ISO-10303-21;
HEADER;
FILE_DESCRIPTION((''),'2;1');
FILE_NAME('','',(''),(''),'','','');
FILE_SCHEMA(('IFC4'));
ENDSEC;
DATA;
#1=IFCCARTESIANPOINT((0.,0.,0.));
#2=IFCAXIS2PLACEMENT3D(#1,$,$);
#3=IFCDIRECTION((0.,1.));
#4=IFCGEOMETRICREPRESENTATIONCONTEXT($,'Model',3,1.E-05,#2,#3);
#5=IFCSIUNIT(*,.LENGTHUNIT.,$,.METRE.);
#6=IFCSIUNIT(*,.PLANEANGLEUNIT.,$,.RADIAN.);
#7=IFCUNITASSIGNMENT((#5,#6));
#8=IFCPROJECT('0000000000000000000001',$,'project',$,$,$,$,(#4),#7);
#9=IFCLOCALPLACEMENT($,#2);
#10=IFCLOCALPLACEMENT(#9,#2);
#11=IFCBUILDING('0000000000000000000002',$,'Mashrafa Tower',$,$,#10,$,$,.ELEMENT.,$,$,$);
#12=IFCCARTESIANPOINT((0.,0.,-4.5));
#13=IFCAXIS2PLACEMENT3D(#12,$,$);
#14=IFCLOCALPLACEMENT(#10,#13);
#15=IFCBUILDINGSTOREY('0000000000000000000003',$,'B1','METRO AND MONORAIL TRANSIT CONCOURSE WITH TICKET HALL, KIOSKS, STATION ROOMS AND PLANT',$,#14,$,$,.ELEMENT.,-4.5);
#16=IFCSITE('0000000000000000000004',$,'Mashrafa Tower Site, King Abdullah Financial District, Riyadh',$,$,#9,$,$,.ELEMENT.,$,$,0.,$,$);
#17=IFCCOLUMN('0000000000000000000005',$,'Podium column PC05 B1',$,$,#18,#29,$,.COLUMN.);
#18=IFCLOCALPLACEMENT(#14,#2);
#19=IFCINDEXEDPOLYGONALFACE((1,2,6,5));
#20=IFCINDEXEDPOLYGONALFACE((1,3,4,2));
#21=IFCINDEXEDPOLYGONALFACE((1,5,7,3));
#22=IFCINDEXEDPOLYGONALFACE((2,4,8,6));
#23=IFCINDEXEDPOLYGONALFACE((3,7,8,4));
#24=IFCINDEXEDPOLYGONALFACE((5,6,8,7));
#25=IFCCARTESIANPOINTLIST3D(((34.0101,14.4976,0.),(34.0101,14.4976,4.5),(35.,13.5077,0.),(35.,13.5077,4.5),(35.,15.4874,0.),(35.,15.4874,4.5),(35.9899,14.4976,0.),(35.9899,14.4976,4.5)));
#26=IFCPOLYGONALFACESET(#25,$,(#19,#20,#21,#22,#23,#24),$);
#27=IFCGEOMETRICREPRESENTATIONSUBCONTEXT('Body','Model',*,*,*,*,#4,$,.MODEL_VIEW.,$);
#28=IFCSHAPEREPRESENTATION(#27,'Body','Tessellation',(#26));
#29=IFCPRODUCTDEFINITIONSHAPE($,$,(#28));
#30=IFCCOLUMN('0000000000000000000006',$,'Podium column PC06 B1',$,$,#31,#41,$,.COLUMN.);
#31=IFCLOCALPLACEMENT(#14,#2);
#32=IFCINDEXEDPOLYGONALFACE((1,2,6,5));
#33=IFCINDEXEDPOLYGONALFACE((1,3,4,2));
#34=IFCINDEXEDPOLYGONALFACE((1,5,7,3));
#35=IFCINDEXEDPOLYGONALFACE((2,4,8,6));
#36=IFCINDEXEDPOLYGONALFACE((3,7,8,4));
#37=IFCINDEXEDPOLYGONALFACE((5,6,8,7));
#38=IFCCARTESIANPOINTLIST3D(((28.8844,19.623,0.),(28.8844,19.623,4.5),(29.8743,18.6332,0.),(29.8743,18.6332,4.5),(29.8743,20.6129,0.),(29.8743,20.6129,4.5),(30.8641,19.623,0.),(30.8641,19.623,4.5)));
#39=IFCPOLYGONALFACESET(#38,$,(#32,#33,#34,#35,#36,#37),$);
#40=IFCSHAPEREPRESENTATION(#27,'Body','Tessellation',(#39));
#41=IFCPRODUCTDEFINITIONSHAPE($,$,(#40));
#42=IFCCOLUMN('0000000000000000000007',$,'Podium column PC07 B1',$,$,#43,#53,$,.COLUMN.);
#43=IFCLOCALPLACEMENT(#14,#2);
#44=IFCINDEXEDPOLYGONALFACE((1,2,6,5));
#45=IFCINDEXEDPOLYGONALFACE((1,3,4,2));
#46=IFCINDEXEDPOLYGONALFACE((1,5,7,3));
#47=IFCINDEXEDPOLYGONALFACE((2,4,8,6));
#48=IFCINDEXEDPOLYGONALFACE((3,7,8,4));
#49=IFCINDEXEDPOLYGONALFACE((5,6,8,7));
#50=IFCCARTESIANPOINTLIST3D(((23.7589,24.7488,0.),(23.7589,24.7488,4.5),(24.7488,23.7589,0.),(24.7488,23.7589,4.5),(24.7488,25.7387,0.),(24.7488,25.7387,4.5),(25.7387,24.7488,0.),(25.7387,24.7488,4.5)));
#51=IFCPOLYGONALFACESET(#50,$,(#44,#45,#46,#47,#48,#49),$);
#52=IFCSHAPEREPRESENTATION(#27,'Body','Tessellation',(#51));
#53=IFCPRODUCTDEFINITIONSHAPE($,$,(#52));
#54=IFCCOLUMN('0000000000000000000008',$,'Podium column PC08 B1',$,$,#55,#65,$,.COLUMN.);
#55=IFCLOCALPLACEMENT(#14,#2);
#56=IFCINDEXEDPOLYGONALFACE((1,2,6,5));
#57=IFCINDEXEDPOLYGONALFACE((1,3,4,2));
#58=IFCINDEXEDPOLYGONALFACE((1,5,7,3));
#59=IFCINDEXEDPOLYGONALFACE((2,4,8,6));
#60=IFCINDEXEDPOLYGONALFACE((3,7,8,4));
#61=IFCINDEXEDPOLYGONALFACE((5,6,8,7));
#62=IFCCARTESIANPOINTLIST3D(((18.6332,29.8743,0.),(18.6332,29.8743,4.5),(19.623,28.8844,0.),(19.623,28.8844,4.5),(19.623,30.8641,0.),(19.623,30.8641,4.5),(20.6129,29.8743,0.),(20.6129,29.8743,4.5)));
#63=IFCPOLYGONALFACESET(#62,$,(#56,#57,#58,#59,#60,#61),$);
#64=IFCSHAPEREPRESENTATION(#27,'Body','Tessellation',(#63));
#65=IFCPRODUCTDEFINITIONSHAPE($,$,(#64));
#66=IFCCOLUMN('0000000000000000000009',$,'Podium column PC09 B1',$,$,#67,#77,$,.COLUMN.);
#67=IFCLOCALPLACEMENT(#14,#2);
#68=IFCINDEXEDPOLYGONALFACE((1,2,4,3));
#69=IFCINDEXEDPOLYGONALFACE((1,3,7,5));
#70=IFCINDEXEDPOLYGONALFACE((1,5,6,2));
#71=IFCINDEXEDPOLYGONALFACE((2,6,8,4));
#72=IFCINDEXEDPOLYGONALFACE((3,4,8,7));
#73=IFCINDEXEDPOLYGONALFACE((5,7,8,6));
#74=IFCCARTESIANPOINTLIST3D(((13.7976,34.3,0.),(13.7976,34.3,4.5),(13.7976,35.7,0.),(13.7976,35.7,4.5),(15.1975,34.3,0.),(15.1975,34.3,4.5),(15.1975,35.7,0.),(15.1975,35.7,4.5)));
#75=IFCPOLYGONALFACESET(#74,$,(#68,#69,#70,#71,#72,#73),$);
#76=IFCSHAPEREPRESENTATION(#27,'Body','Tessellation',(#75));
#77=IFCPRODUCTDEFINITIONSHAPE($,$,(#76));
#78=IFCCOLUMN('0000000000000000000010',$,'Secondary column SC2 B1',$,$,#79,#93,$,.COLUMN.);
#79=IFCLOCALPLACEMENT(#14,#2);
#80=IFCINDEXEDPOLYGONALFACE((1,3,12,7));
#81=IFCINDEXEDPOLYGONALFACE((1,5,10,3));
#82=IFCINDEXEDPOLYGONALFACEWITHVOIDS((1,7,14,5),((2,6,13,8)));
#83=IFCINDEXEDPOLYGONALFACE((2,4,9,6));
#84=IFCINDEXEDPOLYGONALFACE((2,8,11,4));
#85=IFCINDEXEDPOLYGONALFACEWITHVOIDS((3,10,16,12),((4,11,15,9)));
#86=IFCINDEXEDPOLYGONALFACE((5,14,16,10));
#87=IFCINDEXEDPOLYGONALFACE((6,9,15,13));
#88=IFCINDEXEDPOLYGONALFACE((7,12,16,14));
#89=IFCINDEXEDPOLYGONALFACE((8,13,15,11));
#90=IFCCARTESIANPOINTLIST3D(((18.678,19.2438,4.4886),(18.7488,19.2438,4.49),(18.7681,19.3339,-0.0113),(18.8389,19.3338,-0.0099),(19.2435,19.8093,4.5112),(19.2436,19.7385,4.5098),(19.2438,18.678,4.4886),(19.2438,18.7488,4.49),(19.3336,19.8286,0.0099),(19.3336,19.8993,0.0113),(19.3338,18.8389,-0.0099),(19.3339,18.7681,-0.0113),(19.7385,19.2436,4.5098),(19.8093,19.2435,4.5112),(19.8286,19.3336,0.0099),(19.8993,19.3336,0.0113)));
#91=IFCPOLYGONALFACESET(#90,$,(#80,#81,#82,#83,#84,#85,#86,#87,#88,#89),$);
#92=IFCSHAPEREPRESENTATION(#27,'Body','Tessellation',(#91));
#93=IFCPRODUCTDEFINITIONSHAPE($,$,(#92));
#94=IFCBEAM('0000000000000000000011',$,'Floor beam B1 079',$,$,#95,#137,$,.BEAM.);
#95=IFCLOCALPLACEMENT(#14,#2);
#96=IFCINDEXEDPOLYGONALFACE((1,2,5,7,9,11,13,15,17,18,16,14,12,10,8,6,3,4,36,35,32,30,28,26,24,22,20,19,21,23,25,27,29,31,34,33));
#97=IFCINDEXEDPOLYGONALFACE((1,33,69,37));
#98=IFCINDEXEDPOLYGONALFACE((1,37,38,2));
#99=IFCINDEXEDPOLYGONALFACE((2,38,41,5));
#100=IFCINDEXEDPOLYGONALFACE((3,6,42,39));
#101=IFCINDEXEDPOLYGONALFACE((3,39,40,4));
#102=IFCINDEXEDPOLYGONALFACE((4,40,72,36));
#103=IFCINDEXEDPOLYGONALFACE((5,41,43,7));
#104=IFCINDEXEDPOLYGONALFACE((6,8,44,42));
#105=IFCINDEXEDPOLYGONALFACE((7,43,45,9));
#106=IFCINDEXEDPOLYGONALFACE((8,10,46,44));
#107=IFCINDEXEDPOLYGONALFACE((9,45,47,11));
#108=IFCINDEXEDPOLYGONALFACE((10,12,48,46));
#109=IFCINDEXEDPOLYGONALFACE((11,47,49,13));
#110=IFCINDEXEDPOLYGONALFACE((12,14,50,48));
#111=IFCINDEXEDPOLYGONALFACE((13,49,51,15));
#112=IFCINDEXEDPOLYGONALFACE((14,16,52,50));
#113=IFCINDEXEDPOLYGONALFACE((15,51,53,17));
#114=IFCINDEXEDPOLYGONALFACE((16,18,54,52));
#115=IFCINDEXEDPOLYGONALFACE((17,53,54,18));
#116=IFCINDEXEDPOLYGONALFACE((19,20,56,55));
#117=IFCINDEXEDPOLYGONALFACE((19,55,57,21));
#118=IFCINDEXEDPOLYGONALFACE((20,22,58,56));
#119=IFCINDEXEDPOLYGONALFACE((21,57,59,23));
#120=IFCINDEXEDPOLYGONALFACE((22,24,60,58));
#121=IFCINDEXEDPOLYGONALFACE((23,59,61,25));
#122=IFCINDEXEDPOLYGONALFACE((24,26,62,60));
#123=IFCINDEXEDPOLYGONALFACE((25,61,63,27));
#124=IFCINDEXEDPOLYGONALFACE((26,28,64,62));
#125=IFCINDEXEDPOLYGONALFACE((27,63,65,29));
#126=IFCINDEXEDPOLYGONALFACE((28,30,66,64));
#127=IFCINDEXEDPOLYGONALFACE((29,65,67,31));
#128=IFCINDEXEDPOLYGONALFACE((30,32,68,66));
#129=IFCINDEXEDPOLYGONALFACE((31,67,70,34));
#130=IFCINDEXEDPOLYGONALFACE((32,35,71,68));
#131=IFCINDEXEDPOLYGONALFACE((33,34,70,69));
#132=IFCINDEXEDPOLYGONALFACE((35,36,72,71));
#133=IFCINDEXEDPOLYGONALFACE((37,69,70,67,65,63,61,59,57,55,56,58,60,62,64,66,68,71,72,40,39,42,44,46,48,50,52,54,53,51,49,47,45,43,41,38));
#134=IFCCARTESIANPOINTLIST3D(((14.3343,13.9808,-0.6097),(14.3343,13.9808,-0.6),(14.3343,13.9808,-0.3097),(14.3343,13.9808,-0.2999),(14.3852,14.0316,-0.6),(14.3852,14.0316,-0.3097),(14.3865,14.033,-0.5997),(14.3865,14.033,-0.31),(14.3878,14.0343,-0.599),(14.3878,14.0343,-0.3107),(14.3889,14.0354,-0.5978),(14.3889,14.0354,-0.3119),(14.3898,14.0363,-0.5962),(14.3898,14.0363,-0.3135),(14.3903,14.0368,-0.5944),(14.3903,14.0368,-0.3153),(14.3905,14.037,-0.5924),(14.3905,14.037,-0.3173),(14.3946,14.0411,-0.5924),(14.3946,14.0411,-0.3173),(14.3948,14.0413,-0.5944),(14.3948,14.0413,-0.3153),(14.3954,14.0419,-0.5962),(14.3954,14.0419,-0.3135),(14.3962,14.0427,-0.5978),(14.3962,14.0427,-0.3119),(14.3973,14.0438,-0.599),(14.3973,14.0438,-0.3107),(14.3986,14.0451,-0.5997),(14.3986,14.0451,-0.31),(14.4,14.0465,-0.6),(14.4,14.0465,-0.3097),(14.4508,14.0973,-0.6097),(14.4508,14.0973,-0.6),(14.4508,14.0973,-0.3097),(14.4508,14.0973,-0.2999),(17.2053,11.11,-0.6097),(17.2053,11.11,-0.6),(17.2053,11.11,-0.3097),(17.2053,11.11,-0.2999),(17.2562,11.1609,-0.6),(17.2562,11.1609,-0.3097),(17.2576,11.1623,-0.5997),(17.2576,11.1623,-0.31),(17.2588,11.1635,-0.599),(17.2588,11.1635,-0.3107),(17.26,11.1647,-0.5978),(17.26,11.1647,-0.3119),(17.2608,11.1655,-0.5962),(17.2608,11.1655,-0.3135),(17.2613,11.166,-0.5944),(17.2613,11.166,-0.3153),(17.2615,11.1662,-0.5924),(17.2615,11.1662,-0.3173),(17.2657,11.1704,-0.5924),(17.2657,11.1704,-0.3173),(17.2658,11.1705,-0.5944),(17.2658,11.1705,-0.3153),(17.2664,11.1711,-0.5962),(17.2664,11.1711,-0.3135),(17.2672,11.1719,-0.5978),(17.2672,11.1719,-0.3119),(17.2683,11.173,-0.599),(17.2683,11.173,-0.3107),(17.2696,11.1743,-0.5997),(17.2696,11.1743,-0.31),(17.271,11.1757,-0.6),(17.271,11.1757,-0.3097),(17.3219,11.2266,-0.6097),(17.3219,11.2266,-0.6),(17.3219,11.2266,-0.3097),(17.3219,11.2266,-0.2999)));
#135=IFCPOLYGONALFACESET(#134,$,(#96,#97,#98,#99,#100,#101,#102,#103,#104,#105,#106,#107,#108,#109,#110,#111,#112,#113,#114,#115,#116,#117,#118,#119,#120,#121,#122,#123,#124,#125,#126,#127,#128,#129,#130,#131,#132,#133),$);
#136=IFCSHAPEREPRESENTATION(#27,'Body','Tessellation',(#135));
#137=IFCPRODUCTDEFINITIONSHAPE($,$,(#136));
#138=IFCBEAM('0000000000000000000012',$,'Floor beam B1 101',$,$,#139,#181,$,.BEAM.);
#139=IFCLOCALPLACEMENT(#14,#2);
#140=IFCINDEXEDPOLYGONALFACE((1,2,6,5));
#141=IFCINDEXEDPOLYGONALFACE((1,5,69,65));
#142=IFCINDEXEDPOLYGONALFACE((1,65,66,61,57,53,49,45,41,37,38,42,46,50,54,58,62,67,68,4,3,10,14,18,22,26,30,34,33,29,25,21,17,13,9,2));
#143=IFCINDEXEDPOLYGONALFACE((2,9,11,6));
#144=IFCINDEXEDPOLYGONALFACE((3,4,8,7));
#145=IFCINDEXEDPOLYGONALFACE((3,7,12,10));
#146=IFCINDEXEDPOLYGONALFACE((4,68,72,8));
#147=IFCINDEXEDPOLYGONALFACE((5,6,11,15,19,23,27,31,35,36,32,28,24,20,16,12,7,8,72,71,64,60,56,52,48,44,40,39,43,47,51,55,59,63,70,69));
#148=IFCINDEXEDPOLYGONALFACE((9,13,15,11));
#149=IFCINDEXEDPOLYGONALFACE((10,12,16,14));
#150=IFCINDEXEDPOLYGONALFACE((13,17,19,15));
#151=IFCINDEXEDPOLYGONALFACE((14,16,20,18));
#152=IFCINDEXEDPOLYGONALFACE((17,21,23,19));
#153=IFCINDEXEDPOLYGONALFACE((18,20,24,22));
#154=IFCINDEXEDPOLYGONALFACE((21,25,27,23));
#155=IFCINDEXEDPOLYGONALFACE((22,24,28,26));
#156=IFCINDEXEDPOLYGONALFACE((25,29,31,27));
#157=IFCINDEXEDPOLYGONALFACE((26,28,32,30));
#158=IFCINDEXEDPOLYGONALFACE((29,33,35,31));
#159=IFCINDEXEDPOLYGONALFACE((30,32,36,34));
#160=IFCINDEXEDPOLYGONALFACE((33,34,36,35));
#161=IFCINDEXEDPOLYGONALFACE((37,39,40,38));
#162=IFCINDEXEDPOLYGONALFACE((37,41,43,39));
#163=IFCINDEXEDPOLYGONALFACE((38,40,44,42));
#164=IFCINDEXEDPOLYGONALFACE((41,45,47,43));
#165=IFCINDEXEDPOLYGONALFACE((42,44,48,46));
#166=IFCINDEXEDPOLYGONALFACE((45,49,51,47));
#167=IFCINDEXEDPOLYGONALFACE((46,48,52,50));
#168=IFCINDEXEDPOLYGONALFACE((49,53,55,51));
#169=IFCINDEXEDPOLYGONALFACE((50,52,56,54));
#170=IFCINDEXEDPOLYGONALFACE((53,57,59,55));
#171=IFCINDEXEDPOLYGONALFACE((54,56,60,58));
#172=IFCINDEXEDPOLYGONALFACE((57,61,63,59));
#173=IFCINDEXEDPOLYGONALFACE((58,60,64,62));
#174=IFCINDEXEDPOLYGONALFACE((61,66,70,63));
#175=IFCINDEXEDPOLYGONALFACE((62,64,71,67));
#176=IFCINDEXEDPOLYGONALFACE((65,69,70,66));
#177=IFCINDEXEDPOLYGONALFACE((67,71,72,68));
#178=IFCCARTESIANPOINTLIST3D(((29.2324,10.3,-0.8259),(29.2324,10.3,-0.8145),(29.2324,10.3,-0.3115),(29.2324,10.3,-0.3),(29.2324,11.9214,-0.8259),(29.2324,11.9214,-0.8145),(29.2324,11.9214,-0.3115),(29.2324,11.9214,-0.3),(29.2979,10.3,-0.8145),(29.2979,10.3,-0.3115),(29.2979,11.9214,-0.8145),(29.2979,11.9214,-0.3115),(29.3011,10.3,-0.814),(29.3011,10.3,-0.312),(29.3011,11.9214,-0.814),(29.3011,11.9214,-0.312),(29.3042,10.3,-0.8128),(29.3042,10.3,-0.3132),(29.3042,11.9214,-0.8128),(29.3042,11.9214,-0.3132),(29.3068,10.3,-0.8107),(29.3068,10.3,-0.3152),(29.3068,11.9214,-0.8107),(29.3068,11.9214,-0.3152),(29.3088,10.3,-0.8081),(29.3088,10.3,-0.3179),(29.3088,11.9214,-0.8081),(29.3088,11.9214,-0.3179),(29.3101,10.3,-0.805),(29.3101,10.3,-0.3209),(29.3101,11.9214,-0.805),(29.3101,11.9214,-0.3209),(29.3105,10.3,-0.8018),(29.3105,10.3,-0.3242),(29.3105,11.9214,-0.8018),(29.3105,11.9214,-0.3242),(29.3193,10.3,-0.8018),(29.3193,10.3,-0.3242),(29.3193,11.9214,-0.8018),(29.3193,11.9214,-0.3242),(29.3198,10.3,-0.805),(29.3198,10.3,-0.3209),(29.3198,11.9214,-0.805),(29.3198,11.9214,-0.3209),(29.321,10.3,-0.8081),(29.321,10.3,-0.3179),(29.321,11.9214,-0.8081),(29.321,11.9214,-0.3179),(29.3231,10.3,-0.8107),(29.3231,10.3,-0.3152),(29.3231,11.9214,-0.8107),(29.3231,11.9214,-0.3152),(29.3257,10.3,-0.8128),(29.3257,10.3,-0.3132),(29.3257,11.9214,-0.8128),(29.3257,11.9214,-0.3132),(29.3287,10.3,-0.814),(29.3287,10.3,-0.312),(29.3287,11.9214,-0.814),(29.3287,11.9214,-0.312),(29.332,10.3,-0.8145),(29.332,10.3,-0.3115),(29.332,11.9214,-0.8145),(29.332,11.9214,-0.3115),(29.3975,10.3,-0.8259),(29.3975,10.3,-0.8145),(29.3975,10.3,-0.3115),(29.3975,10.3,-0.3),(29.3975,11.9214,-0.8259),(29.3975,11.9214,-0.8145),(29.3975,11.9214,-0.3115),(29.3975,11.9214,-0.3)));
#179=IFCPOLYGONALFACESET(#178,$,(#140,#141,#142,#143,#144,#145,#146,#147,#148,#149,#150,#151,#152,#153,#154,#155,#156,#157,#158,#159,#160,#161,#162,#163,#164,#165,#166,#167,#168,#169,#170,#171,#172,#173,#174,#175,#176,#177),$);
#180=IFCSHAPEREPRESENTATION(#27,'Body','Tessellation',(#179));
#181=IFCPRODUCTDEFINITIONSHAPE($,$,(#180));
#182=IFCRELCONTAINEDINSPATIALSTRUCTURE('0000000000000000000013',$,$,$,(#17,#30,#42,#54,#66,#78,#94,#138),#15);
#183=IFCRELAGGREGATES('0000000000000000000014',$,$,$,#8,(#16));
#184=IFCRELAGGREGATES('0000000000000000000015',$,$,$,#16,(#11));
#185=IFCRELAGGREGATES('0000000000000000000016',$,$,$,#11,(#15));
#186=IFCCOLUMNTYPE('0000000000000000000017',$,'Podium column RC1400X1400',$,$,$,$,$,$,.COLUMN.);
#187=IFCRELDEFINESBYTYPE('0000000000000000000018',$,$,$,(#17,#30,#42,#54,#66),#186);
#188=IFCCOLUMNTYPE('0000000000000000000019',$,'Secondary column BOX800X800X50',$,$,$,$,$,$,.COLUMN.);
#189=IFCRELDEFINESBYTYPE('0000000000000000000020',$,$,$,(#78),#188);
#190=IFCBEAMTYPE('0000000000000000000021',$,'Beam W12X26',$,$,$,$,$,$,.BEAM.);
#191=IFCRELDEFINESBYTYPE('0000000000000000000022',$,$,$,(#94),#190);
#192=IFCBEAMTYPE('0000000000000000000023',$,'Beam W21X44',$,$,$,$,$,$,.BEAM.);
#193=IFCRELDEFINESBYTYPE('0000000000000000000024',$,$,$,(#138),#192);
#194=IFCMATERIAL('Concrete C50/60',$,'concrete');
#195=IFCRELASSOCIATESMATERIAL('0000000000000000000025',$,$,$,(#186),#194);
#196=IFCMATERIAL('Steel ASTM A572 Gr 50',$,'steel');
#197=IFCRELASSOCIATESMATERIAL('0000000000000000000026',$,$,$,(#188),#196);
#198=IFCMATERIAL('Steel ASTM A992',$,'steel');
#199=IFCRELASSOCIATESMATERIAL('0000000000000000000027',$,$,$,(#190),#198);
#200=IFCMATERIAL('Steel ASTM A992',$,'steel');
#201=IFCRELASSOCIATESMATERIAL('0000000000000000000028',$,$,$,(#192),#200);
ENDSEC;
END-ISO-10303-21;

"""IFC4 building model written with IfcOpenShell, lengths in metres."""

from ifc_helpers import new_model, si_unit, direction, frame, origin, origin_2d, place, context, subcontext, project, spatial, rectangle, hollow_rectangle, i_section, extrude, material, material_profile, profile_set, type_object, element, save


model = new_model("IFC4")

# Units and contexts
model_context = context("Model", 3, precision=1e-05, world=origin(), true_north=direction((0.0, 1.0)))
body_context = subcontext(model_context, "Body", "Model", "MODEL_VIEW")
ifc_project = project(units=[si_unit("LENGTHUNIT", "METRE"), si_unit("PLANEANGLEUNIT", "RADIAN")], contexts=[model_context])

# Site, building, storey
site_placement = place(None, origin())
site = spatial("IfcSite", under=ifc_project, at=site_placement, Name="Mashrafa Tower Site, King Abdullah Financial District, Riyadh", CompositionType="ELEMENT", RefElevation=0.0)
building_placement = place(site_placement, origin())
building = spatial("IfcBuilding", under=site, at=building_placement, Name="Mashrafa Tower", CompositionType="ELEMENT")
storey_placement = place(building_placement, frame((0.0, 0.0, -4.5)))
storey = spatial("IfcBuildingStorey", under=building, at=storey_placement, Name="B1", Description="METRO AND MONORAIL TRANSIT CONCOURSE WITH TICKET HALL, KIOSKS, STATION ROOMS AND PLANT", CompositionType="ELEMENT", Elevation=-4.5)

# Columns
ifc_material_1 = material(Name="Concrete C50/60", Category="concrete")
ifc_material_profile_1 = material_profile(ifc_material_1, rectangle(XDim=1.3999, YDim=1.3999, at=origin_2d()), Name="RC1400X1400")
ifc_profile_set_1 = profile_set([ifc_material_profile_1], Name="Concrete C50/60")
column_type_1 = type_object("IfcColumnType", Name="Podium column RC1400X1400", PredefinedType="COLUMN", material=ifc_profile_set_1)
for number, where, z_axis, x_axis, name in (
    (1, (35.0, 14.4976, 0.0), (0.0, 0.0, 1.0), (0.707107, 0.707107, 0.0), "Podium column PC05 B1"),
    (2, (29.8743, 19.623, 0.0), (0.0, 0.0, 1.0), (0.707107, 0.707107, 0.0), "Podium column PC06 B1"),
    (3, (24.7488, 24.7488, 0.0), (0.0, 0.0, 1.0), (0.707107, 0.707107, 0.0), "Podium column PC07 B1"),
    (4, (19.623, 29.8743, 0.0), (0.0, 0.0, 1.0), (0.707107, 0.707107, 0.0), "Podium column PC08 B1"),
    (5, (14.4976, 35.0, 0.0), (0.0, 0.0, 1.0), (1.0, 0.0, 0.0), "Podium column PC09 B1"),
):
    element("IfcColumn", number, at=place(storey_placement, frame(where, z_axis=z_axis, x_axis=x_axis)), inside=storey, type_object=column_type_1, Name=name, PredefinedType="COLUMN", context=body_context, shape_type="SweptSolid", body=[
        extrude(rectangle(XDim=1.3999, YDim=1.3999, at=origin_2d()), origin(), (0.0, 0.0, 1.0), 4.5),
    ])
ifc_material_2 = material(Name="Steel ASTM A572 Gr 50", Category="steel")
ifc_material_profile_2 = material_profile(ifc_material_2, hollow_rectangle(XDim=0.8, YDim=0.8, WallThickness=0.05, at=origin_2d()), Name="BOX800X800X50")
ifc_profile_set_2 = profile_set([ifc_material_profile_2], Name="Steel ASTM A572 Gr 50")
column_type_2 = type_object("IfcColumnType", Name="Secondary column BOX800X800X50", PredefinedType="COLUMN", material=ifc_profile_set_2)
column_placement = place(storey_placement, frame((19.3337, 19.3337, 0.0), z_axis=(-0.020012, -0.020012, 0.999599), x_axis=(0.707107, -0.707107, 0.0)))
element("IfcColumn", 6, at=column_placement, inside=storey, type_object=column_type_2, Name="Secondary column SC2 B1", PredefinedType="COLUMN", context=body_context, shape_type="SweptSolid", body=[
    extrude(hollow_rectangle(XDim=0.8, YDim=0.8, WallThickness=0.05, at=origin_2d()), origin(), (0.0, 0.0, 1.0), 4.5017),
])

# Beams
ifc_material_3 = material(Name="Steel ASTM A992", Category="steel")
ifc_material_profile_3 = material_profile(ifc_material_3, i_section(OverallWidth=0.1648, OverallDepth=0.3098, WebThickness=0.0059, FlangeThickness=0.0098, FilletRadius=0.0076, at=origin_2d()), Name="W12X26")
ifc_profile_set_3 = profile_set([ifc_material_profile_3], Name="Steel ASTM A992")
beam_type_1 = type_object("IfcBeamType", Name="Beam W12X26", PredefinedType="BEAM", material=ifc_profile_set_3)
beam_1_placement = place(storey_placement, frame((14.3926, 14.0391, -0.4548), z_axis=(0.707137, -0.707077, 0.0), x_axis=(0.707077, 0.707137, 0.0)))
element("IfcBeam", 7, at=beam_1_placement, inside=storey, type_object=beam_type_1, Name="Floor beam B1 079", PredefinedType="BEAM", context=body_context, shape_type="SweptSolid", body=[
    extrude(i_section(OverallWidth=0.1648, OverallDepth=0.3098, WebThickness=0.0059, FlangeThickness=0.0098, FilletRadius=0.0076, at=origin_2d()), origin(), (0.0, 0.0, 1.0), 4.0601),
])
ifc_material_4 = material(Name="Steel ASTM A992", Category="steel")
ifc_material_profile_4 = material_profile(ifc_material_4, i_section(OverallWidth=0.165, OverallDepth=0.5259, WebThickness=0.0088, FlangeThickness=0.0115, FilletRadius=0.0127, at=origin_2d()), Name="W21X44")
ifc_profile_set_4 = profile_set([ifc_material_profile_4], Name="Steel ASTM A992")
beam_type_2 = type_object("IfcBeamType", Name="Beam W21X44", PredefinedType="BEAM", material=ifc_profile_set_4)
beam_2_placement = place(storey_placement, frame((29.3149, 11.9214, -0.563), z_axis=(0.0, -1.0, 0.0), x_axis=(1.0, 0.0, 0.0)))
element("IfcBeam", 8, at=beam_2_placement, inside=storey, type_object=beam_type_2, Name="Floor beam B1 101", PredefinedType="BEAM", context=body_context, shape_type="SweptSolid", body=[
    extrude(i_section(OverallWidth=0.165, OverallDepth=0.5259, WebThickness=0.0088, FlangeThickness=0.0115, FilletRadius=0.0127, at=origin_2d()), origin(), (0.0, 0.0, 1.0), 1.6213),
])

save(model, "model.ifc")
